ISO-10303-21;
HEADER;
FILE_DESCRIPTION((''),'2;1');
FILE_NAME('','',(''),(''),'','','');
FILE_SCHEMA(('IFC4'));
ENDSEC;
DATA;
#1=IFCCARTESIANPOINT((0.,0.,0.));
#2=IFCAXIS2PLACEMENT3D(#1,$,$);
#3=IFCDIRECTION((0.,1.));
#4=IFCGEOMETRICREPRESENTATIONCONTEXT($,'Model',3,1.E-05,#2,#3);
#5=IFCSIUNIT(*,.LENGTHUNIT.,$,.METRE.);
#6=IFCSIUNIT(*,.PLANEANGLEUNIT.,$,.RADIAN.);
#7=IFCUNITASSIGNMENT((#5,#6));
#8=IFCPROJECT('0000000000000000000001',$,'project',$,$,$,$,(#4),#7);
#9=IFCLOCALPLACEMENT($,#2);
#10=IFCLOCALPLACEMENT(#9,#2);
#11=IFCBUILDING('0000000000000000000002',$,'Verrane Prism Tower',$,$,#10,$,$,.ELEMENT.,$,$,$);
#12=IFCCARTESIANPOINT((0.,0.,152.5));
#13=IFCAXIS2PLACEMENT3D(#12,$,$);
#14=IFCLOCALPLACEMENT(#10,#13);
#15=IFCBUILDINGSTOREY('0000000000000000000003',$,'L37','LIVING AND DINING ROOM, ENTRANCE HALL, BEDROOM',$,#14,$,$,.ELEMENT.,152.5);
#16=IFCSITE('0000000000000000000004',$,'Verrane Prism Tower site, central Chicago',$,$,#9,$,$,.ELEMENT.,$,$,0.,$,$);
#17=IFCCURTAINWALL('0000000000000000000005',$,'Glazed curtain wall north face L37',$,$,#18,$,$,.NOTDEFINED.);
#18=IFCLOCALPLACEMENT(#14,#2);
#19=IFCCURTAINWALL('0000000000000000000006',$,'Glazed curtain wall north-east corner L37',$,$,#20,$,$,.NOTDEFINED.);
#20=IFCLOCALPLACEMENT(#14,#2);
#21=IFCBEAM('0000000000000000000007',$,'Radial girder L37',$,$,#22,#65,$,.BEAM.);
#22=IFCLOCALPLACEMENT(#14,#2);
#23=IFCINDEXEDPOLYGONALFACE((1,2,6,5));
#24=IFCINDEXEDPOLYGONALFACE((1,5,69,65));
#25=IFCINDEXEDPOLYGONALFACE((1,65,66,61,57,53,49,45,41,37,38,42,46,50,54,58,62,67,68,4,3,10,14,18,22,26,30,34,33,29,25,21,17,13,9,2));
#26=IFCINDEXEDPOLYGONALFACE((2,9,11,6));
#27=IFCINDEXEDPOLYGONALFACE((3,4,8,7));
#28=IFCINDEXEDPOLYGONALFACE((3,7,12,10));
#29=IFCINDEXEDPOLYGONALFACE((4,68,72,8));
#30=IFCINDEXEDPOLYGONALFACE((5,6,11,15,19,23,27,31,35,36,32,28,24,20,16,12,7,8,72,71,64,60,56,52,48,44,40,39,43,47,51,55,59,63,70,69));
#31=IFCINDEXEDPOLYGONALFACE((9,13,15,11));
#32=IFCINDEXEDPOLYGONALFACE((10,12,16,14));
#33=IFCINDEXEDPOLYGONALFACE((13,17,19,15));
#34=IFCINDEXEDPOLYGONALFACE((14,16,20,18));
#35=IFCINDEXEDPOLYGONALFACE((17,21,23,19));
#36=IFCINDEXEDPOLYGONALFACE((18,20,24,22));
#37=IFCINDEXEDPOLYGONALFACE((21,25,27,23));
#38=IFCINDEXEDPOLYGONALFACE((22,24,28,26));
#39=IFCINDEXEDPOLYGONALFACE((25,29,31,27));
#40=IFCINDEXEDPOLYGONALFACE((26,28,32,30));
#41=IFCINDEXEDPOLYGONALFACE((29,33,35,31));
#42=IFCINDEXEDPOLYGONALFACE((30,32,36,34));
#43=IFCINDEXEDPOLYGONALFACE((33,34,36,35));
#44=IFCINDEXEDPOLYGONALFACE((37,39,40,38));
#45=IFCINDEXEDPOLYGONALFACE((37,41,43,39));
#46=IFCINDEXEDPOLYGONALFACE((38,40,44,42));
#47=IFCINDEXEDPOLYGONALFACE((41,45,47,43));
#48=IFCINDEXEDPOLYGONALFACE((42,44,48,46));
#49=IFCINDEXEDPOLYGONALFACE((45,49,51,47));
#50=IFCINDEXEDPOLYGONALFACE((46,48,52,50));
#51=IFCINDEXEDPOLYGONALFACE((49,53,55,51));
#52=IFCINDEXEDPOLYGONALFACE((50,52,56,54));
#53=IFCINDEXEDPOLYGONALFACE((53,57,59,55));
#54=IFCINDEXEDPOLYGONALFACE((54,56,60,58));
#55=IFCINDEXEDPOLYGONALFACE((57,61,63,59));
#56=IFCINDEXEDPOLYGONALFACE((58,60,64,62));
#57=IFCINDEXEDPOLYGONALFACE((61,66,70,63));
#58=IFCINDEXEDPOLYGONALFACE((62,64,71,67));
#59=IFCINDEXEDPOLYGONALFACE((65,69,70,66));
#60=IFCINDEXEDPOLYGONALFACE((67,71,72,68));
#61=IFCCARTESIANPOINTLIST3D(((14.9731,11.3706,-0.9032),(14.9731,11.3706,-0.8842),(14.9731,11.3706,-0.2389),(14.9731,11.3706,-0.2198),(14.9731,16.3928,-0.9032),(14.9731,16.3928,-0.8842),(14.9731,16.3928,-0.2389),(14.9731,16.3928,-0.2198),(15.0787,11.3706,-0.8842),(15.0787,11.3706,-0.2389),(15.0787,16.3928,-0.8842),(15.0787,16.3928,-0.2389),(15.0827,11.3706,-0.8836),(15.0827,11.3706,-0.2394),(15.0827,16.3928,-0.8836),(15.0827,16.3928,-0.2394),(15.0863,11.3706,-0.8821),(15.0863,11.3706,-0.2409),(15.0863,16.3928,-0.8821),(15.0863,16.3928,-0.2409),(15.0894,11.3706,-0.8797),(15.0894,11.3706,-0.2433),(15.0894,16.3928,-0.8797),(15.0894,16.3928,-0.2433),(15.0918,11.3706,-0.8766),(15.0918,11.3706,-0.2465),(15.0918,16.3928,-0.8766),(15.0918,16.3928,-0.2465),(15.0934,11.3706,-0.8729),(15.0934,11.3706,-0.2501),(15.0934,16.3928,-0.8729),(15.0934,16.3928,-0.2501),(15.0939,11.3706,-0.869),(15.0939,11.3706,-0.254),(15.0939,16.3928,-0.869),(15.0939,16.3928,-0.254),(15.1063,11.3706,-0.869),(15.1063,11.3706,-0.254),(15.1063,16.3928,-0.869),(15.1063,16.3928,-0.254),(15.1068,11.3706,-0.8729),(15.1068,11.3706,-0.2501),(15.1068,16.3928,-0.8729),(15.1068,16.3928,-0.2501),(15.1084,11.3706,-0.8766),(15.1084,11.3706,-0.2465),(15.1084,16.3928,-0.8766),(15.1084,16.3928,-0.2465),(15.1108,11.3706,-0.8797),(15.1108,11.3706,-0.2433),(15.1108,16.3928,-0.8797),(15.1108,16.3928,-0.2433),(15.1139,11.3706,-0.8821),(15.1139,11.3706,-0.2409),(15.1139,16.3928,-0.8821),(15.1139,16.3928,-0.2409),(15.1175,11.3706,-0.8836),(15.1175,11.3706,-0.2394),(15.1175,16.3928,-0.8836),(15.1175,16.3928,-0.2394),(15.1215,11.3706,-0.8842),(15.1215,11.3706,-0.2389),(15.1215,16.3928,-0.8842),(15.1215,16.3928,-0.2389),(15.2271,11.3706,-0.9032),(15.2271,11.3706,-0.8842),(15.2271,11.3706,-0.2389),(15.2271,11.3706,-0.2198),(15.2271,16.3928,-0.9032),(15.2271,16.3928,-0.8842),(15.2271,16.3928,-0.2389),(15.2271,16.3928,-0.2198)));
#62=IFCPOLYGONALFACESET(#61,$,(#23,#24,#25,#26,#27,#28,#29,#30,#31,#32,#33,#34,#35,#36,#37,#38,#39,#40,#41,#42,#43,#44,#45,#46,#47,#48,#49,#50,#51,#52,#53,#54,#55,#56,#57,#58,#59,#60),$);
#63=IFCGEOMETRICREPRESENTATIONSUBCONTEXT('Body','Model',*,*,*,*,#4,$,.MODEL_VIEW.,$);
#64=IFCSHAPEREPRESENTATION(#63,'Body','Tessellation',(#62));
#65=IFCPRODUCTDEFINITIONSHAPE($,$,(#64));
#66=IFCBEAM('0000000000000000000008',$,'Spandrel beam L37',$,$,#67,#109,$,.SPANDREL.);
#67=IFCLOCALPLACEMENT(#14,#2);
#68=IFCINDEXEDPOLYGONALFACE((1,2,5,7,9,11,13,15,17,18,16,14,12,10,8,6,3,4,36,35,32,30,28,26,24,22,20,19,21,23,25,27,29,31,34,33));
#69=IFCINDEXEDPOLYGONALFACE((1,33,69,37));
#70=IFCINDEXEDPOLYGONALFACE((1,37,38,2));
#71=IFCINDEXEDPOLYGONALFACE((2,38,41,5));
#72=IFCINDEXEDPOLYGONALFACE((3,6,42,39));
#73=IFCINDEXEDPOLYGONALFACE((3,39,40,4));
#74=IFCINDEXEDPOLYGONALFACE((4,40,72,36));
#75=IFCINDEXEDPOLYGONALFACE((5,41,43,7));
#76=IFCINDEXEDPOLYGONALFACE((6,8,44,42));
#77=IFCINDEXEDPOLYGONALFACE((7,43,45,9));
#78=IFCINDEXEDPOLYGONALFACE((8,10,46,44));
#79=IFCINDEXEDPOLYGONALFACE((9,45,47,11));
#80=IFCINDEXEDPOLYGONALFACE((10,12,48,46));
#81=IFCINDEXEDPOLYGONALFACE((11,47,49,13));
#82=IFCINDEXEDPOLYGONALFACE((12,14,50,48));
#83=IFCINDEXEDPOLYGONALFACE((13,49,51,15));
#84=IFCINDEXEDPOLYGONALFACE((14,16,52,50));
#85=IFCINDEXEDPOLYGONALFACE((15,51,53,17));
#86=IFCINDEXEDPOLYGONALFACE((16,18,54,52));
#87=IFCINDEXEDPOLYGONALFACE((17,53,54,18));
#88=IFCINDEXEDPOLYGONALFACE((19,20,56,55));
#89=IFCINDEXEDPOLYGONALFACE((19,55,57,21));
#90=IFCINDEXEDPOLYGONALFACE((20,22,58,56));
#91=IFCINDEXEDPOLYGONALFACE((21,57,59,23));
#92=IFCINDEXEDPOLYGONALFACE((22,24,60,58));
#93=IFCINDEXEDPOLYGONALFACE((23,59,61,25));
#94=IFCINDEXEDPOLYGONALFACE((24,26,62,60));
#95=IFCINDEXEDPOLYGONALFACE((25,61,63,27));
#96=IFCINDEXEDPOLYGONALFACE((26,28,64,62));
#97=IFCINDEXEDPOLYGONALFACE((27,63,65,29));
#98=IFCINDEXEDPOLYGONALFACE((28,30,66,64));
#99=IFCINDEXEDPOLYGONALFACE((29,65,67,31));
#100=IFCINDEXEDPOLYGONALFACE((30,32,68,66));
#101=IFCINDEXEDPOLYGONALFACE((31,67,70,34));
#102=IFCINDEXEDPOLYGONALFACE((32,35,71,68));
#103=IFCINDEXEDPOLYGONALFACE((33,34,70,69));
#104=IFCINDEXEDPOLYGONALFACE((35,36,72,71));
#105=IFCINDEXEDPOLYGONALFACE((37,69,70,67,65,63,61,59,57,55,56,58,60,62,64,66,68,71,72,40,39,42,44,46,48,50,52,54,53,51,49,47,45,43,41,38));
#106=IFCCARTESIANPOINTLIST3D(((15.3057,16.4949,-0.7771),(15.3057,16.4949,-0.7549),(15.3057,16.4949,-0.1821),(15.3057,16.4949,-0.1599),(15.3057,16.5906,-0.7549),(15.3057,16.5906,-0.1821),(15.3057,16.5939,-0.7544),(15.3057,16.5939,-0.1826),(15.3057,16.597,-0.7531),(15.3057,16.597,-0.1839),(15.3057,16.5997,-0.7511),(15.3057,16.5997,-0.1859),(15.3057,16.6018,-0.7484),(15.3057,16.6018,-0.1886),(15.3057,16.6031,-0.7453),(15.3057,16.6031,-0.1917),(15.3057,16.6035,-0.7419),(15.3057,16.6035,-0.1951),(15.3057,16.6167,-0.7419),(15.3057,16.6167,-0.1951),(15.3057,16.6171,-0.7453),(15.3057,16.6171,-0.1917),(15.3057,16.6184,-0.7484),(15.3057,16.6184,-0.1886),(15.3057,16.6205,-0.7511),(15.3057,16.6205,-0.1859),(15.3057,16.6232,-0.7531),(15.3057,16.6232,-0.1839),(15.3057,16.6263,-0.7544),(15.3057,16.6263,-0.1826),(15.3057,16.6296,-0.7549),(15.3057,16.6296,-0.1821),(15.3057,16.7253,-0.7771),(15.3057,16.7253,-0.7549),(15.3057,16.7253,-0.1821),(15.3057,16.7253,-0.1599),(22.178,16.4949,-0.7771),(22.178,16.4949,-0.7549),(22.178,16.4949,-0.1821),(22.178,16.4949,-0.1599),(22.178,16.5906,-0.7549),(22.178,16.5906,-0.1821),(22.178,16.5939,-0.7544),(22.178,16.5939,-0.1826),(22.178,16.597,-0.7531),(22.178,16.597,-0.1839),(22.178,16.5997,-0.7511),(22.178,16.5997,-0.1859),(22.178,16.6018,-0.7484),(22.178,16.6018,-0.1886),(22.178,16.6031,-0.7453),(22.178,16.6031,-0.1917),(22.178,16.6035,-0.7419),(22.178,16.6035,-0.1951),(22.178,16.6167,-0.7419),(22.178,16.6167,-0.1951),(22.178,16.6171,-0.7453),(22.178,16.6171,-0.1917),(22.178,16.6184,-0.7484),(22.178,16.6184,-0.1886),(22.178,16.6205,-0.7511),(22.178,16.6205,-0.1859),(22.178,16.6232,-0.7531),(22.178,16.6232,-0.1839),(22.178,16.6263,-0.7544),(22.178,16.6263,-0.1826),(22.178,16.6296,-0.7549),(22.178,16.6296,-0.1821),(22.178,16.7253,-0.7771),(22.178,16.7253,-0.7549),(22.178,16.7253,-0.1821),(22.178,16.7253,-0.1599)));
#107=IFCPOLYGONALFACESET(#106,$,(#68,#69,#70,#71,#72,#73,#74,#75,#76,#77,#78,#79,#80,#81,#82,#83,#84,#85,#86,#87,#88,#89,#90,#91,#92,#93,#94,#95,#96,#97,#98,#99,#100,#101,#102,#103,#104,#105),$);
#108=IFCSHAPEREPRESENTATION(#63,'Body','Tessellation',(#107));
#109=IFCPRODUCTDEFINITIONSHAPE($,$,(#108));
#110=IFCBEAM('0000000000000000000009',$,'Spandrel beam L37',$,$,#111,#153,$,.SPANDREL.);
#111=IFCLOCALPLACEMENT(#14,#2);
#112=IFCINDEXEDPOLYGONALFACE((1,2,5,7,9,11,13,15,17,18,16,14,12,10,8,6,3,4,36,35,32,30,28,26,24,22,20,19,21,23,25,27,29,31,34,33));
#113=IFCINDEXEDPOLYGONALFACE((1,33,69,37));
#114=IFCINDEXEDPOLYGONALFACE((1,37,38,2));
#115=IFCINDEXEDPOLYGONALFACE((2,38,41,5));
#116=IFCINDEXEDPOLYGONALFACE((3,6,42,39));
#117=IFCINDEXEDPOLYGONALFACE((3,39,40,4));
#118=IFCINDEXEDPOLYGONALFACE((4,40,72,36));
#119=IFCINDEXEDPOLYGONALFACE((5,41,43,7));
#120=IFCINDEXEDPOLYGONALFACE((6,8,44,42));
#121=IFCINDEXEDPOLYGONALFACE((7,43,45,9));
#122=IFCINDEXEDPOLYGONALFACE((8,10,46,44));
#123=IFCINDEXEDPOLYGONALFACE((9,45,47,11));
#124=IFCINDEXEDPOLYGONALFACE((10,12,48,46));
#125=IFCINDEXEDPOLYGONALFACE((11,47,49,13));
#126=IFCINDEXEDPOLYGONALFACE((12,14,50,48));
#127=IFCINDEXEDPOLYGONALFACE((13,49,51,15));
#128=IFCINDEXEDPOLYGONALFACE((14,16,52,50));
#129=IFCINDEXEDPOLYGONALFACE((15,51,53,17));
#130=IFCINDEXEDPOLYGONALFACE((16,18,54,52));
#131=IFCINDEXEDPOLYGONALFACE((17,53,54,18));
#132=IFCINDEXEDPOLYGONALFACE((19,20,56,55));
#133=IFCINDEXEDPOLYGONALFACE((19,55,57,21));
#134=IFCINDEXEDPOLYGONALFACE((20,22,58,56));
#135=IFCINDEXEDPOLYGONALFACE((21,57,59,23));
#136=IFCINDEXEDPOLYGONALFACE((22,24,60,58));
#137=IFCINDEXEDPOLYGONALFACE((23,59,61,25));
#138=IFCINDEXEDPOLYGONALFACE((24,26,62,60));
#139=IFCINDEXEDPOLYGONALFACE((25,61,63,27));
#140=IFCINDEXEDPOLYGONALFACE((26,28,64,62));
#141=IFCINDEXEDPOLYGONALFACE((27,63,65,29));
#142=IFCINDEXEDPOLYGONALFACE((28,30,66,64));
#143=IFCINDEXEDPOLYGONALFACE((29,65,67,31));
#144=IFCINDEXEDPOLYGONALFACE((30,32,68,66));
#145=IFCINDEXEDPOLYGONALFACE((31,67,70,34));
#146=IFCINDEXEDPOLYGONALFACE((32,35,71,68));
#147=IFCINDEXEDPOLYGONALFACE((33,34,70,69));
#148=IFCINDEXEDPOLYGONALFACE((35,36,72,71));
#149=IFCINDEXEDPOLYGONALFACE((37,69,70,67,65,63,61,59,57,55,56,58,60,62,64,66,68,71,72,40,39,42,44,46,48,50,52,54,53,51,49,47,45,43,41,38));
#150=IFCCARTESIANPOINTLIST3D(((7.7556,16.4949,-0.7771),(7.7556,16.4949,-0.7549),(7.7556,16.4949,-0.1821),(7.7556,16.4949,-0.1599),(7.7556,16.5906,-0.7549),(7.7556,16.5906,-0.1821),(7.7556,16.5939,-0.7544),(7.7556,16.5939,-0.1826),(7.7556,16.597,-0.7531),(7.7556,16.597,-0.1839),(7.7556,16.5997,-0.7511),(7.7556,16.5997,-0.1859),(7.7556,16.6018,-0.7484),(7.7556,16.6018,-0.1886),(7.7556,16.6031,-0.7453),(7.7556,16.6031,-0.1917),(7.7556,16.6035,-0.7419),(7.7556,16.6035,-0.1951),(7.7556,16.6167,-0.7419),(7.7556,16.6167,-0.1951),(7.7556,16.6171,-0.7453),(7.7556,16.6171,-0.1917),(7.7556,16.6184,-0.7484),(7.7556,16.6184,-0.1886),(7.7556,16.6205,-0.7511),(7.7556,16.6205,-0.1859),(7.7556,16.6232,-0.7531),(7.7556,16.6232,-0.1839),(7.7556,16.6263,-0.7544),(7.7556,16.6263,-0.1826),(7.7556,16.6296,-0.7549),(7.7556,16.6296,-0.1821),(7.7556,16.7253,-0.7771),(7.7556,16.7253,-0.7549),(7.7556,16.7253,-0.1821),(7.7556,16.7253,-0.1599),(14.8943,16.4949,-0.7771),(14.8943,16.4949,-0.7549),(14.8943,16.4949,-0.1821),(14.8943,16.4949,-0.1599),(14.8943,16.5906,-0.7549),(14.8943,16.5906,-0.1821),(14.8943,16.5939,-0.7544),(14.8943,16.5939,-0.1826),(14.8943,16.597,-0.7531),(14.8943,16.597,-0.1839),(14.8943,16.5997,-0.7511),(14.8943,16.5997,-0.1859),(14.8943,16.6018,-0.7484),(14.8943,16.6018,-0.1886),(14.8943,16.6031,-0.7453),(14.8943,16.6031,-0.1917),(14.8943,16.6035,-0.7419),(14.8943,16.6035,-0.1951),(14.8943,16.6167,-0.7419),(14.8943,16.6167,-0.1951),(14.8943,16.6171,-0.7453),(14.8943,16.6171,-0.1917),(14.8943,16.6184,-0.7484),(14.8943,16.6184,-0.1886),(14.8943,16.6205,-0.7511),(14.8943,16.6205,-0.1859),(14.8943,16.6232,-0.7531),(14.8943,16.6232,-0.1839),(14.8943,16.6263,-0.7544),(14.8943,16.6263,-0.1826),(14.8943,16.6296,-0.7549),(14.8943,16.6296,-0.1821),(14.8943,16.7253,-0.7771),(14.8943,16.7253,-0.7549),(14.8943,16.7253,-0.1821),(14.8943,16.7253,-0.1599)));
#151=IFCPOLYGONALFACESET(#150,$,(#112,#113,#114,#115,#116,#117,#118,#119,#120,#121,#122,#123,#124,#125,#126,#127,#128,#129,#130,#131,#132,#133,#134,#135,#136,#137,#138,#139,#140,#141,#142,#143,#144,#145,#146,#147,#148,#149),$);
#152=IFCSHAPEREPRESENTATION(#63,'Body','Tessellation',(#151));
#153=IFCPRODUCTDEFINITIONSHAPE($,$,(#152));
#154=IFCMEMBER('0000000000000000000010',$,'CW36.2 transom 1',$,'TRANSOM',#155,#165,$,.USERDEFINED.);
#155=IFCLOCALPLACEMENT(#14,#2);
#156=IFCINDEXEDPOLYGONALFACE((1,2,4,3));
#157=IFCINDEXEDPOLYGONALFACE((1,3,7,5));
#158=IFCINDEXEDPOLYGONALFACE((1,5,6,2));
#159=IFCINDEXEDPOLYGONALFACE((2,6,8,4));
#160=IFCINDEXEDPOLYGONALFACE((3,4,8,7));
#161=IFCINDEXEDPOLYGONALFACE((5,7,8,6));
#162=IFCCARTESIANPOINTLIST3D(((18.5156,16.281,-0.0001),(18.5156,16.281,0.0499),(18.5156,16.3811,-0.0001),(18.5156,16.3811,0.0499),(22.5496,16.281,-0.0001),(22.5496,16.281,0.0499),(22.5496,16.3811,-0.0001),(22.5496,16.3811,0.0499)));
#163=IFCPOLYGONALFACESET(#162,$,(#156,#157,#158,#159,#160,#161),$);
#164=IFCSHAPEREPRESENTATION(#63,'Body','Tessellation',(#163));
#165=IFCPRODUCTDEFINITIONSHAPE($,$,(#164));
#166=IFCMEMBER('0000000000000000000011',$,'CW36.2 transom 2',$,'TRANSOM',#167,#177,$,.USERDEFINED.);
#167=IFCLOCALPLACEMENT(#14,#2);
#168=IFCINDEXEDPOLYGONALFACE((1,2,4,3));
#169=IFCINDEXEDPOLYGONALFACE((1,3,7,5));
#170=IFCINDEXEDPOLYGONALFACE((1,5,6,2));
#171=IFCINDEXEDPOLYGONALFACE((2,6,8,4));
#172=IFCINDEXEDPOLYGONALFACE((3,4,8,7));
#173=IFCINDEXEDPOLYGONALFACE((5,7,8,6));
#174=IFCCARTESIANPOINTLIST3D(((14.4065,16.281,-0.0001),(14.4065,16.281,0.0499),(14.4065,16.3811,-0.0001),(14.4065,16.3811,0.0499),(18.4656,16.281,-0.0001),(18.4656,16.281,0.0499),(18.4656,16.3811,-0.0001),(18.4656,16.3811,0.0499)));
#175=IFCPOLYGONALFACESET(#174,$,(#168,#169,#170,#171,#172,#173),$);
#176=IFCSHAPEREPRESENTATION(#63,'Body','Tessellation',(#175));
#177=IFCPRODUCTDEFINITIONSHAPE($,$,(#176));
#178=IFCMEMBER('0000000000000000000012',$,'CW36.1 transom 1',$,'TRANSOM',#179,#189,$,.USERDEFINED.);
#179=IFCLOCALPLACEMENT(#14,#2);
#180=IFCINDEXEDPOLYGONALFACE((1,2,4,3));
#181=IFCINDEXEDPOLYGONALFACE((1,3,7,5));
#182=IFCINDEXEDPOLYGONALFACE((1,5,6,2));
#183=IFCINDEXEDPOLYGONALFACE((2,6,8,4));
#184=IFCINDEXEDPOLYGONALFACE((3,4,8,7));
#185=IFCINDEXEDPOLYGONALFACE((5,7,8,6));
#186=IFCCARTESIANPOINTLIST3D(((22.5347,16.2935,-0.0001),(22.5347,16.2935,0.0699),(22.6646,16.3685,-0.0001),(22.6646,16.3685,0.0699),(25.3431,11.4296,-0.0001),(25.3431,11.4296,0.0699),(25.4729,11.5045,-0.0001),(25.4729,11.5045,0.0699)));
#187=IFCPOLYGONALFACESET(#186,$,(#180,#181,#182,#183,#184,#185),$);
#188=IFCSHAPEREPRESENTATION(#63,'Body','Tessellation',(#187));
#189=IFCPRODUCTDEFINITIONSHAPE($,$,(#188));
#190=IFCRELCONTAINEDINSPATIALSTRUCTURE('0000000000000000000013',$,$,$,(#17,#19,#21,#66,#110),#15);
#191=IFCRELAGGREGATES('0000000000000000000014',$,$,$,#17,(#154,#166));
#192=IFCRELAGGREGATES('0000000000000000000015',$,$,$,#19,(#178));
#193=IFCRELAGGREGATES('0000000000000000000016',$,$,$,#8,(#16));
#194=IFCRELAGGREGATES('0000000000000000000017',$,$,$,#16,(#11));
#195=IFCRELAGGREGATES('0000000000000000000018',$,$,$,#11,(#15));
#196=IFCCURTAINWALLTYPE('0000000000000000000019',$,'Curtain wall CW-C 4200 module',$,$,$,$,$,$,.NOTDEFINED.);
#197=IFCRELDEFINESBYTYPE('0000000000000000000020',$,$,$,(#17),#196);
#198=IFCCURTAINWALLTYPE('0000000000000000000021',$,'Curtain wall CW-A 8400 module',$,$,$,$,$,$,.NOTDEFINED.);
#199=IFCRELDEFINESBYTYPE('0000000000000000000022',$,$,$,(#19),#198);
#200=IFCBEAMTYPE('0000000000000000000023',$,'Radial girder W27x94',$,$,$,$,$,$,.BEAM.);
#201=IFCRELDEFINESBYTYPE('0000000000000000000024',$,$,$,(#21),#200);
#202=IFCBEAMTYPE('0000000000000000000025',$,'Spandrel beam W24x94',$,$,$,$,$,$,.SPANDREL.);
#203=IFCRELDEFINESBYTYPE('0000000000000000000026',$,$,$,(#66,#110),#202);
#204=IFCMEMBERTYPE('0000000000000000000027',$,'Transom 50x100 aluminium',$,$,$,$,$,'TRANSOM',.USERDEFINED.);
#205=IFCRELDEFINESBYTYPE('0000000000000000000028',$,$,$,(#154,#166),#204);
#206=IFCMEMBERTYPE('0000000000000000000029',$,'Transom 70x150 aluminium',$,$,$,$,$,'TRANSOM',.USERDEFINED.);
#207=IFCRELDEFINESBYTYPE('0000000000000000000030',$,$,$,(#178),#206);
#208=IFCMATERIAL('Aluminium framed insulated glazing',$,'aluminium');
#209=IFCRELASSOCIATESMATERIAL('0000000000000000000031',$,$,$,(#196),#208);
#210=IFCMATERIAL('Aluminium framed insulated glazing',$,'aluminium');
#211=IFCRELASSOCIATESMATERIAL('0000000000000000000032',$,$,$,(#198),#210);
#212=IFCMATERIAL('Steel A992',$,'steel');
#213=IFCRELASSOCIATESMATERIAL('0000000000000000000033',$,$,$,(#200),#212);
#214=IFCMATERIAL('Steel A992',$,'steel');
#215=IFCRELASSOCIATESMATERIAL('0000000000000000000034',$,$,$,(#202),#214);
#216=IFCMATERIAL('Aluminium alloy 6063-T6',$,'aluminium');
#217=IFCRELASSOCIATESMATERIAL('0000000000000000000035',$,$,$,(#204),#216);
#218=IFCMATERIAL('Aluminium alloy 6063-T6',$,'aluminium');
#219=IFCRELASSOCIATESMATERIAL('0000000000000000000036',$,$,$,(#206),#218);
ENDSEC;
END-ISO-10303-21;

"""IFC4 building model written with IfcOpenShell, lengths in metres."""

from ifc_helpers import new_model, si_unit, direction, frame, origin, origin_2d, place, context, subcontext, project, spatial, rectangle, i_section, extrude, material, material_profile, profile_set, type_object, element, aggregate, save


model = new_model("IFC4")

# Units and contexts
model_context = context("Model", 3, precision=1e-05, world=origin(), true_north=direction((0.0, 1.0)))
body_context = subcontext(model_context, "Body", "Model", "MODEL_VIEW")
ifc_project = project(units=[si_unit("LENGTHUNIT", "METRE"), si_unit("PLANEANGLEUNIT", "RADIAN")], contexts=[model_context])

# Site, building, storey
site_placement = place(None, origin())
site = spatial("IfcSite", under=ifc_project, at=site_placement, Name="Verrane Prism Tower site, central Chicago", CompositionType="ELEMENT", RefElevation=0.0)
building_placement = place(site_placement, origin())
building = spatial("IfcBuilding", under=site, at=building_placement, Name="Verrane Prism Tower", CompositionType="ELEMENT")
storey_placement = place(building_placement, frame((0.0, 0.0, 152.5)))
storey = spatial("IfcBuildingStorey", under=building, at=storey_placement, Name="L37", Description="LIVING AND DINING ROOM, ENTRANCE HALL, BEDROOM", CompositionType="ELEMENT", Elevation=152.5)

# Curtain wall
ifc_material_1 = material(Name="Aluminium framed insulated glazing", Category="aluminium")
curtain_wall_type_1 = type_object("IfcCurtainWallType", Name="Curtain wall CW-C 4200 module", PredefinedType="NOTDEFINED", material=ifc_material_1)
curtain_wall_1_placement = place(storey_placement, origin())
curtain_wall_1 = element("IfcCurtainWall", 1, at=curtain_wall_1_placement, inside=storey, type_object=curtain_wall_type_1, Name="Glazed curtain wall north face L37", PredefinedType="NOTDEFINED")

# Curtain wall
ifc_material_2 = material(Name="Aluminium framed insulated glazing", Category="aluminium")
curtain_wall_type_2 = type_object("IfcCurtainWallType", Name="Curtain wall CW-A 8400 module", PredefinedType="NOTDEFINED", material=ifc_material_2)
curtain_wall_2_placement = place(storey_placement, origin())
curtain_wall_2 = element("IfcCurtainWall", 2, at=curtain_wall_2_placement, inside=storey, type_object=curtain_wall_type_2, Name="Glazed curtain wall north-east corner L37", PredefinedType="NOTDEFINED")

# Beams
ifc_material_3 = material(Name="Steel A992", Category="steel")
ifc_material_profile_1 = material_profile(ifc_material_3, i_section(OverallWidth=0.2539, OverallDepth=0.6833, WebThickness=0.0125, FlangeThickness=0.019, FilletRadius=0.0151, at=origin_2d()), Name="W27x94")
ifc_profile_set_1 = profile_set([ifc_material_profile_1], Name="Steel A992")
beam_type_1 = type_object("IfcBeamType", Name="Radial girder W27x94", PredefinedType="BEAM", material=ifc_profile_set_1)
beam_1_placement = place(storey_placement, frame((15.1001, 16.3928, -0.5615), z_axis=(0.0, -1.0, 0.0), x_axis=(1.0, 0.0, 0.0)))
element("IfcBeam", 3, at=beam_1_placement, inside=storey, type_object=beam_type_1, Name="Radial girder L37", PredefinedType="BEAM", context=body_context, shape_type="SweptSolid", body=[
    extrude(i_section(OverallWidth=0.2539, OverallDepth=0.6833, WebThickness=0.0125, FlangeThickness=0.019, FilletRadius=0.0151, at=origin_2d()), origin(), (0.0, 0.0, 1.0), 5.0222),
])
ifc_material_4 = material(Name="Steel A992", Category="steel")
ifc_material_profile_2 = material_profile(ifc_material_4, i_section(OverallWidth=0.2305, OverallDepth=0.6172, WebThickness=0.0132, FlangeThickness=0.0222, FilletRadius=0.0129, at=origin_2d()), Name="W24x94")
ifc_profile_set_2 = profile_set([ifc_material_profile_2], Name="Steel A992")
beam_type_2 = type_object("IfcBeamType", Name="Spandrel beam W24x94", PredefinedType="SPANDREL", material=ifc_profile_set_2)
beam_2_placement = place(storey_placement, frame((22.178, 16.6101, -0.4685), z_axis=(-1.0, 0.0, 0.0), x_axis=(0.0, -1.0, 0.0)))
element("IfcBeam", 4, at=beam_2_placement, inside=storey, type_object=beam_type_2, Name="Spandrel beam L37", PredefinedType="SPANDREL", context=body_context, shape_type="SweptSolid", body=[
    extrude(i_section(OverallWidth=0.2305, OverallDepth=0.6172, WebThickness=0.0132, FlangeThickness=0.0222, FilletRadius=0.0129, at=origin_2d()), origin(), (0.0, 0.0, 1.0), 6.8723),
])
beam_3_placement = place(storey_placement, frame((14.8943, 16.6101, -0.4685), z_axis=(-1.0, 0.0, 0.0), x_axis=(0.0, -1.0, 0.0)))
element("IfcBeam", 5, at=beam_3_placement, inside=storey, type_object=beam_type_2, Name="Spandrel beam L37", PredefinedType="SPANDREL", context=body_context, shape_type="SweptSolid", body=[
    extrude(i_section(OverallWidth=0.2305, OverallDepth=0.6172, WebThickness=0.0132, FlangeThickness=0.0222, FilletRadius=0.0129, at=origin_2d()), origin(), (0.0, 0.0, 1.0), 7.1387),
])

# Members
ifc_material_5 = material(Name="Aluminium alloy 6063-T6", Category="aluminium")
ifc_material_profile_3 = material_profile(ifc_material_5, rectangle(XDim=0.1001, YDim=0.05, at=origin_2d()), Name="Transom 50x100 aluminium")
ifc_profile_set_3 = profile_set([ifc_material_profile_3], Name="Aluminium alloy 6063-T6")
member_type_1 = type_object("IfcMemberType", Name="Transom 50x100 aluminium", ElementType="TRANSOM", PredefinedType="USERDEFINED", material=ifc_profile_set_3)
member_1_placement = place(storey_placement, frame((22.5496, 16.3311, 0.0249), z_axis=(-1.0, 0.0, 0.0), x_axis=(0.0, -1.0, 0.0)))
member_1 = element("IfcMember", 6, at=member_1_placement, type_object=member_type_1, Name="CW36.2 transom 1", ObjectType="TRANSOM", PredefinedType="USERDEFINED", context=body_context, shape_type="SweptSolid", body=[
    extrude(rectangle(XDim=0.1001, YDim=0.05, at=origin_2d()), origin(), (0.0, 0.0, 1.0), 4.0339),
])
member_2_placement = place(storey_placement, frame((18.4656, 16.3311, 0.0249), z_axis=(-1.0, 0.0, 0.0), x_axis=(0.0, -1.0, 0.0)))
member_2 = element("IfcMember", 7, at=member_2_placement, type_object=member_type_1, Name="CW36.2 transom 2", ObjectType="TRANSOM", PredefinedType="USERDEFINED", context=body_context, shape_type="SweptSolid", body=[
    extrude(rectangle(XDim=0.1001, YDim=0.05, at=origin_2d()), origin(), (0.0, 0.0, 1.0), 4.0591),
])
ifc_material_6 = material(Name="Aluminium alloy 6063-T6", Category="aluminium")
ifc_material_profile_4 = material_profile(ifc_material_6, rectangle(XDim=0.1499, YDim=0.0701, at=origin_2d()), Name="Transom 70x150 aluminium")
ifc_profile_set_4 = profile_set([ifc_material_profile_4], Name="Aluminium alloy 6063-T6")
member_type_2 = type_object("IfcMemberType", Name="Transom 70x150 aluminium", ElementType="TRANSOM", PredefinedType="USERDEFINED", material=ifc_profile_set_4)
member_3_placement = place(storey_placement, frame((25.408, 11.467, 0.0349), z_axis=(-0.500015, 0.866017, 0.0), x_axis=(-0.866017, -0.500015, 0.0)))
member_3 = element("IfcMember", 8, at=member_3_placement, type_object=member_type_2, Name="CW36.1 transom 1", ObjectType="TRANSOM", PredefinedType="USERDEFINED", context=body_context, shape_type="SweptSolid", body=[
    extrude(rectangle(XDim=0.1499, YDim=0.0701, at=origin_2d()), origin(), (0.0, 0.0, 1.0), 5.6165),
])

aggregate(curtain_wall_1, [member_1, member_2])
aggregate(curtain_wall_2, [member_3])

save(model, "model.ifc")
